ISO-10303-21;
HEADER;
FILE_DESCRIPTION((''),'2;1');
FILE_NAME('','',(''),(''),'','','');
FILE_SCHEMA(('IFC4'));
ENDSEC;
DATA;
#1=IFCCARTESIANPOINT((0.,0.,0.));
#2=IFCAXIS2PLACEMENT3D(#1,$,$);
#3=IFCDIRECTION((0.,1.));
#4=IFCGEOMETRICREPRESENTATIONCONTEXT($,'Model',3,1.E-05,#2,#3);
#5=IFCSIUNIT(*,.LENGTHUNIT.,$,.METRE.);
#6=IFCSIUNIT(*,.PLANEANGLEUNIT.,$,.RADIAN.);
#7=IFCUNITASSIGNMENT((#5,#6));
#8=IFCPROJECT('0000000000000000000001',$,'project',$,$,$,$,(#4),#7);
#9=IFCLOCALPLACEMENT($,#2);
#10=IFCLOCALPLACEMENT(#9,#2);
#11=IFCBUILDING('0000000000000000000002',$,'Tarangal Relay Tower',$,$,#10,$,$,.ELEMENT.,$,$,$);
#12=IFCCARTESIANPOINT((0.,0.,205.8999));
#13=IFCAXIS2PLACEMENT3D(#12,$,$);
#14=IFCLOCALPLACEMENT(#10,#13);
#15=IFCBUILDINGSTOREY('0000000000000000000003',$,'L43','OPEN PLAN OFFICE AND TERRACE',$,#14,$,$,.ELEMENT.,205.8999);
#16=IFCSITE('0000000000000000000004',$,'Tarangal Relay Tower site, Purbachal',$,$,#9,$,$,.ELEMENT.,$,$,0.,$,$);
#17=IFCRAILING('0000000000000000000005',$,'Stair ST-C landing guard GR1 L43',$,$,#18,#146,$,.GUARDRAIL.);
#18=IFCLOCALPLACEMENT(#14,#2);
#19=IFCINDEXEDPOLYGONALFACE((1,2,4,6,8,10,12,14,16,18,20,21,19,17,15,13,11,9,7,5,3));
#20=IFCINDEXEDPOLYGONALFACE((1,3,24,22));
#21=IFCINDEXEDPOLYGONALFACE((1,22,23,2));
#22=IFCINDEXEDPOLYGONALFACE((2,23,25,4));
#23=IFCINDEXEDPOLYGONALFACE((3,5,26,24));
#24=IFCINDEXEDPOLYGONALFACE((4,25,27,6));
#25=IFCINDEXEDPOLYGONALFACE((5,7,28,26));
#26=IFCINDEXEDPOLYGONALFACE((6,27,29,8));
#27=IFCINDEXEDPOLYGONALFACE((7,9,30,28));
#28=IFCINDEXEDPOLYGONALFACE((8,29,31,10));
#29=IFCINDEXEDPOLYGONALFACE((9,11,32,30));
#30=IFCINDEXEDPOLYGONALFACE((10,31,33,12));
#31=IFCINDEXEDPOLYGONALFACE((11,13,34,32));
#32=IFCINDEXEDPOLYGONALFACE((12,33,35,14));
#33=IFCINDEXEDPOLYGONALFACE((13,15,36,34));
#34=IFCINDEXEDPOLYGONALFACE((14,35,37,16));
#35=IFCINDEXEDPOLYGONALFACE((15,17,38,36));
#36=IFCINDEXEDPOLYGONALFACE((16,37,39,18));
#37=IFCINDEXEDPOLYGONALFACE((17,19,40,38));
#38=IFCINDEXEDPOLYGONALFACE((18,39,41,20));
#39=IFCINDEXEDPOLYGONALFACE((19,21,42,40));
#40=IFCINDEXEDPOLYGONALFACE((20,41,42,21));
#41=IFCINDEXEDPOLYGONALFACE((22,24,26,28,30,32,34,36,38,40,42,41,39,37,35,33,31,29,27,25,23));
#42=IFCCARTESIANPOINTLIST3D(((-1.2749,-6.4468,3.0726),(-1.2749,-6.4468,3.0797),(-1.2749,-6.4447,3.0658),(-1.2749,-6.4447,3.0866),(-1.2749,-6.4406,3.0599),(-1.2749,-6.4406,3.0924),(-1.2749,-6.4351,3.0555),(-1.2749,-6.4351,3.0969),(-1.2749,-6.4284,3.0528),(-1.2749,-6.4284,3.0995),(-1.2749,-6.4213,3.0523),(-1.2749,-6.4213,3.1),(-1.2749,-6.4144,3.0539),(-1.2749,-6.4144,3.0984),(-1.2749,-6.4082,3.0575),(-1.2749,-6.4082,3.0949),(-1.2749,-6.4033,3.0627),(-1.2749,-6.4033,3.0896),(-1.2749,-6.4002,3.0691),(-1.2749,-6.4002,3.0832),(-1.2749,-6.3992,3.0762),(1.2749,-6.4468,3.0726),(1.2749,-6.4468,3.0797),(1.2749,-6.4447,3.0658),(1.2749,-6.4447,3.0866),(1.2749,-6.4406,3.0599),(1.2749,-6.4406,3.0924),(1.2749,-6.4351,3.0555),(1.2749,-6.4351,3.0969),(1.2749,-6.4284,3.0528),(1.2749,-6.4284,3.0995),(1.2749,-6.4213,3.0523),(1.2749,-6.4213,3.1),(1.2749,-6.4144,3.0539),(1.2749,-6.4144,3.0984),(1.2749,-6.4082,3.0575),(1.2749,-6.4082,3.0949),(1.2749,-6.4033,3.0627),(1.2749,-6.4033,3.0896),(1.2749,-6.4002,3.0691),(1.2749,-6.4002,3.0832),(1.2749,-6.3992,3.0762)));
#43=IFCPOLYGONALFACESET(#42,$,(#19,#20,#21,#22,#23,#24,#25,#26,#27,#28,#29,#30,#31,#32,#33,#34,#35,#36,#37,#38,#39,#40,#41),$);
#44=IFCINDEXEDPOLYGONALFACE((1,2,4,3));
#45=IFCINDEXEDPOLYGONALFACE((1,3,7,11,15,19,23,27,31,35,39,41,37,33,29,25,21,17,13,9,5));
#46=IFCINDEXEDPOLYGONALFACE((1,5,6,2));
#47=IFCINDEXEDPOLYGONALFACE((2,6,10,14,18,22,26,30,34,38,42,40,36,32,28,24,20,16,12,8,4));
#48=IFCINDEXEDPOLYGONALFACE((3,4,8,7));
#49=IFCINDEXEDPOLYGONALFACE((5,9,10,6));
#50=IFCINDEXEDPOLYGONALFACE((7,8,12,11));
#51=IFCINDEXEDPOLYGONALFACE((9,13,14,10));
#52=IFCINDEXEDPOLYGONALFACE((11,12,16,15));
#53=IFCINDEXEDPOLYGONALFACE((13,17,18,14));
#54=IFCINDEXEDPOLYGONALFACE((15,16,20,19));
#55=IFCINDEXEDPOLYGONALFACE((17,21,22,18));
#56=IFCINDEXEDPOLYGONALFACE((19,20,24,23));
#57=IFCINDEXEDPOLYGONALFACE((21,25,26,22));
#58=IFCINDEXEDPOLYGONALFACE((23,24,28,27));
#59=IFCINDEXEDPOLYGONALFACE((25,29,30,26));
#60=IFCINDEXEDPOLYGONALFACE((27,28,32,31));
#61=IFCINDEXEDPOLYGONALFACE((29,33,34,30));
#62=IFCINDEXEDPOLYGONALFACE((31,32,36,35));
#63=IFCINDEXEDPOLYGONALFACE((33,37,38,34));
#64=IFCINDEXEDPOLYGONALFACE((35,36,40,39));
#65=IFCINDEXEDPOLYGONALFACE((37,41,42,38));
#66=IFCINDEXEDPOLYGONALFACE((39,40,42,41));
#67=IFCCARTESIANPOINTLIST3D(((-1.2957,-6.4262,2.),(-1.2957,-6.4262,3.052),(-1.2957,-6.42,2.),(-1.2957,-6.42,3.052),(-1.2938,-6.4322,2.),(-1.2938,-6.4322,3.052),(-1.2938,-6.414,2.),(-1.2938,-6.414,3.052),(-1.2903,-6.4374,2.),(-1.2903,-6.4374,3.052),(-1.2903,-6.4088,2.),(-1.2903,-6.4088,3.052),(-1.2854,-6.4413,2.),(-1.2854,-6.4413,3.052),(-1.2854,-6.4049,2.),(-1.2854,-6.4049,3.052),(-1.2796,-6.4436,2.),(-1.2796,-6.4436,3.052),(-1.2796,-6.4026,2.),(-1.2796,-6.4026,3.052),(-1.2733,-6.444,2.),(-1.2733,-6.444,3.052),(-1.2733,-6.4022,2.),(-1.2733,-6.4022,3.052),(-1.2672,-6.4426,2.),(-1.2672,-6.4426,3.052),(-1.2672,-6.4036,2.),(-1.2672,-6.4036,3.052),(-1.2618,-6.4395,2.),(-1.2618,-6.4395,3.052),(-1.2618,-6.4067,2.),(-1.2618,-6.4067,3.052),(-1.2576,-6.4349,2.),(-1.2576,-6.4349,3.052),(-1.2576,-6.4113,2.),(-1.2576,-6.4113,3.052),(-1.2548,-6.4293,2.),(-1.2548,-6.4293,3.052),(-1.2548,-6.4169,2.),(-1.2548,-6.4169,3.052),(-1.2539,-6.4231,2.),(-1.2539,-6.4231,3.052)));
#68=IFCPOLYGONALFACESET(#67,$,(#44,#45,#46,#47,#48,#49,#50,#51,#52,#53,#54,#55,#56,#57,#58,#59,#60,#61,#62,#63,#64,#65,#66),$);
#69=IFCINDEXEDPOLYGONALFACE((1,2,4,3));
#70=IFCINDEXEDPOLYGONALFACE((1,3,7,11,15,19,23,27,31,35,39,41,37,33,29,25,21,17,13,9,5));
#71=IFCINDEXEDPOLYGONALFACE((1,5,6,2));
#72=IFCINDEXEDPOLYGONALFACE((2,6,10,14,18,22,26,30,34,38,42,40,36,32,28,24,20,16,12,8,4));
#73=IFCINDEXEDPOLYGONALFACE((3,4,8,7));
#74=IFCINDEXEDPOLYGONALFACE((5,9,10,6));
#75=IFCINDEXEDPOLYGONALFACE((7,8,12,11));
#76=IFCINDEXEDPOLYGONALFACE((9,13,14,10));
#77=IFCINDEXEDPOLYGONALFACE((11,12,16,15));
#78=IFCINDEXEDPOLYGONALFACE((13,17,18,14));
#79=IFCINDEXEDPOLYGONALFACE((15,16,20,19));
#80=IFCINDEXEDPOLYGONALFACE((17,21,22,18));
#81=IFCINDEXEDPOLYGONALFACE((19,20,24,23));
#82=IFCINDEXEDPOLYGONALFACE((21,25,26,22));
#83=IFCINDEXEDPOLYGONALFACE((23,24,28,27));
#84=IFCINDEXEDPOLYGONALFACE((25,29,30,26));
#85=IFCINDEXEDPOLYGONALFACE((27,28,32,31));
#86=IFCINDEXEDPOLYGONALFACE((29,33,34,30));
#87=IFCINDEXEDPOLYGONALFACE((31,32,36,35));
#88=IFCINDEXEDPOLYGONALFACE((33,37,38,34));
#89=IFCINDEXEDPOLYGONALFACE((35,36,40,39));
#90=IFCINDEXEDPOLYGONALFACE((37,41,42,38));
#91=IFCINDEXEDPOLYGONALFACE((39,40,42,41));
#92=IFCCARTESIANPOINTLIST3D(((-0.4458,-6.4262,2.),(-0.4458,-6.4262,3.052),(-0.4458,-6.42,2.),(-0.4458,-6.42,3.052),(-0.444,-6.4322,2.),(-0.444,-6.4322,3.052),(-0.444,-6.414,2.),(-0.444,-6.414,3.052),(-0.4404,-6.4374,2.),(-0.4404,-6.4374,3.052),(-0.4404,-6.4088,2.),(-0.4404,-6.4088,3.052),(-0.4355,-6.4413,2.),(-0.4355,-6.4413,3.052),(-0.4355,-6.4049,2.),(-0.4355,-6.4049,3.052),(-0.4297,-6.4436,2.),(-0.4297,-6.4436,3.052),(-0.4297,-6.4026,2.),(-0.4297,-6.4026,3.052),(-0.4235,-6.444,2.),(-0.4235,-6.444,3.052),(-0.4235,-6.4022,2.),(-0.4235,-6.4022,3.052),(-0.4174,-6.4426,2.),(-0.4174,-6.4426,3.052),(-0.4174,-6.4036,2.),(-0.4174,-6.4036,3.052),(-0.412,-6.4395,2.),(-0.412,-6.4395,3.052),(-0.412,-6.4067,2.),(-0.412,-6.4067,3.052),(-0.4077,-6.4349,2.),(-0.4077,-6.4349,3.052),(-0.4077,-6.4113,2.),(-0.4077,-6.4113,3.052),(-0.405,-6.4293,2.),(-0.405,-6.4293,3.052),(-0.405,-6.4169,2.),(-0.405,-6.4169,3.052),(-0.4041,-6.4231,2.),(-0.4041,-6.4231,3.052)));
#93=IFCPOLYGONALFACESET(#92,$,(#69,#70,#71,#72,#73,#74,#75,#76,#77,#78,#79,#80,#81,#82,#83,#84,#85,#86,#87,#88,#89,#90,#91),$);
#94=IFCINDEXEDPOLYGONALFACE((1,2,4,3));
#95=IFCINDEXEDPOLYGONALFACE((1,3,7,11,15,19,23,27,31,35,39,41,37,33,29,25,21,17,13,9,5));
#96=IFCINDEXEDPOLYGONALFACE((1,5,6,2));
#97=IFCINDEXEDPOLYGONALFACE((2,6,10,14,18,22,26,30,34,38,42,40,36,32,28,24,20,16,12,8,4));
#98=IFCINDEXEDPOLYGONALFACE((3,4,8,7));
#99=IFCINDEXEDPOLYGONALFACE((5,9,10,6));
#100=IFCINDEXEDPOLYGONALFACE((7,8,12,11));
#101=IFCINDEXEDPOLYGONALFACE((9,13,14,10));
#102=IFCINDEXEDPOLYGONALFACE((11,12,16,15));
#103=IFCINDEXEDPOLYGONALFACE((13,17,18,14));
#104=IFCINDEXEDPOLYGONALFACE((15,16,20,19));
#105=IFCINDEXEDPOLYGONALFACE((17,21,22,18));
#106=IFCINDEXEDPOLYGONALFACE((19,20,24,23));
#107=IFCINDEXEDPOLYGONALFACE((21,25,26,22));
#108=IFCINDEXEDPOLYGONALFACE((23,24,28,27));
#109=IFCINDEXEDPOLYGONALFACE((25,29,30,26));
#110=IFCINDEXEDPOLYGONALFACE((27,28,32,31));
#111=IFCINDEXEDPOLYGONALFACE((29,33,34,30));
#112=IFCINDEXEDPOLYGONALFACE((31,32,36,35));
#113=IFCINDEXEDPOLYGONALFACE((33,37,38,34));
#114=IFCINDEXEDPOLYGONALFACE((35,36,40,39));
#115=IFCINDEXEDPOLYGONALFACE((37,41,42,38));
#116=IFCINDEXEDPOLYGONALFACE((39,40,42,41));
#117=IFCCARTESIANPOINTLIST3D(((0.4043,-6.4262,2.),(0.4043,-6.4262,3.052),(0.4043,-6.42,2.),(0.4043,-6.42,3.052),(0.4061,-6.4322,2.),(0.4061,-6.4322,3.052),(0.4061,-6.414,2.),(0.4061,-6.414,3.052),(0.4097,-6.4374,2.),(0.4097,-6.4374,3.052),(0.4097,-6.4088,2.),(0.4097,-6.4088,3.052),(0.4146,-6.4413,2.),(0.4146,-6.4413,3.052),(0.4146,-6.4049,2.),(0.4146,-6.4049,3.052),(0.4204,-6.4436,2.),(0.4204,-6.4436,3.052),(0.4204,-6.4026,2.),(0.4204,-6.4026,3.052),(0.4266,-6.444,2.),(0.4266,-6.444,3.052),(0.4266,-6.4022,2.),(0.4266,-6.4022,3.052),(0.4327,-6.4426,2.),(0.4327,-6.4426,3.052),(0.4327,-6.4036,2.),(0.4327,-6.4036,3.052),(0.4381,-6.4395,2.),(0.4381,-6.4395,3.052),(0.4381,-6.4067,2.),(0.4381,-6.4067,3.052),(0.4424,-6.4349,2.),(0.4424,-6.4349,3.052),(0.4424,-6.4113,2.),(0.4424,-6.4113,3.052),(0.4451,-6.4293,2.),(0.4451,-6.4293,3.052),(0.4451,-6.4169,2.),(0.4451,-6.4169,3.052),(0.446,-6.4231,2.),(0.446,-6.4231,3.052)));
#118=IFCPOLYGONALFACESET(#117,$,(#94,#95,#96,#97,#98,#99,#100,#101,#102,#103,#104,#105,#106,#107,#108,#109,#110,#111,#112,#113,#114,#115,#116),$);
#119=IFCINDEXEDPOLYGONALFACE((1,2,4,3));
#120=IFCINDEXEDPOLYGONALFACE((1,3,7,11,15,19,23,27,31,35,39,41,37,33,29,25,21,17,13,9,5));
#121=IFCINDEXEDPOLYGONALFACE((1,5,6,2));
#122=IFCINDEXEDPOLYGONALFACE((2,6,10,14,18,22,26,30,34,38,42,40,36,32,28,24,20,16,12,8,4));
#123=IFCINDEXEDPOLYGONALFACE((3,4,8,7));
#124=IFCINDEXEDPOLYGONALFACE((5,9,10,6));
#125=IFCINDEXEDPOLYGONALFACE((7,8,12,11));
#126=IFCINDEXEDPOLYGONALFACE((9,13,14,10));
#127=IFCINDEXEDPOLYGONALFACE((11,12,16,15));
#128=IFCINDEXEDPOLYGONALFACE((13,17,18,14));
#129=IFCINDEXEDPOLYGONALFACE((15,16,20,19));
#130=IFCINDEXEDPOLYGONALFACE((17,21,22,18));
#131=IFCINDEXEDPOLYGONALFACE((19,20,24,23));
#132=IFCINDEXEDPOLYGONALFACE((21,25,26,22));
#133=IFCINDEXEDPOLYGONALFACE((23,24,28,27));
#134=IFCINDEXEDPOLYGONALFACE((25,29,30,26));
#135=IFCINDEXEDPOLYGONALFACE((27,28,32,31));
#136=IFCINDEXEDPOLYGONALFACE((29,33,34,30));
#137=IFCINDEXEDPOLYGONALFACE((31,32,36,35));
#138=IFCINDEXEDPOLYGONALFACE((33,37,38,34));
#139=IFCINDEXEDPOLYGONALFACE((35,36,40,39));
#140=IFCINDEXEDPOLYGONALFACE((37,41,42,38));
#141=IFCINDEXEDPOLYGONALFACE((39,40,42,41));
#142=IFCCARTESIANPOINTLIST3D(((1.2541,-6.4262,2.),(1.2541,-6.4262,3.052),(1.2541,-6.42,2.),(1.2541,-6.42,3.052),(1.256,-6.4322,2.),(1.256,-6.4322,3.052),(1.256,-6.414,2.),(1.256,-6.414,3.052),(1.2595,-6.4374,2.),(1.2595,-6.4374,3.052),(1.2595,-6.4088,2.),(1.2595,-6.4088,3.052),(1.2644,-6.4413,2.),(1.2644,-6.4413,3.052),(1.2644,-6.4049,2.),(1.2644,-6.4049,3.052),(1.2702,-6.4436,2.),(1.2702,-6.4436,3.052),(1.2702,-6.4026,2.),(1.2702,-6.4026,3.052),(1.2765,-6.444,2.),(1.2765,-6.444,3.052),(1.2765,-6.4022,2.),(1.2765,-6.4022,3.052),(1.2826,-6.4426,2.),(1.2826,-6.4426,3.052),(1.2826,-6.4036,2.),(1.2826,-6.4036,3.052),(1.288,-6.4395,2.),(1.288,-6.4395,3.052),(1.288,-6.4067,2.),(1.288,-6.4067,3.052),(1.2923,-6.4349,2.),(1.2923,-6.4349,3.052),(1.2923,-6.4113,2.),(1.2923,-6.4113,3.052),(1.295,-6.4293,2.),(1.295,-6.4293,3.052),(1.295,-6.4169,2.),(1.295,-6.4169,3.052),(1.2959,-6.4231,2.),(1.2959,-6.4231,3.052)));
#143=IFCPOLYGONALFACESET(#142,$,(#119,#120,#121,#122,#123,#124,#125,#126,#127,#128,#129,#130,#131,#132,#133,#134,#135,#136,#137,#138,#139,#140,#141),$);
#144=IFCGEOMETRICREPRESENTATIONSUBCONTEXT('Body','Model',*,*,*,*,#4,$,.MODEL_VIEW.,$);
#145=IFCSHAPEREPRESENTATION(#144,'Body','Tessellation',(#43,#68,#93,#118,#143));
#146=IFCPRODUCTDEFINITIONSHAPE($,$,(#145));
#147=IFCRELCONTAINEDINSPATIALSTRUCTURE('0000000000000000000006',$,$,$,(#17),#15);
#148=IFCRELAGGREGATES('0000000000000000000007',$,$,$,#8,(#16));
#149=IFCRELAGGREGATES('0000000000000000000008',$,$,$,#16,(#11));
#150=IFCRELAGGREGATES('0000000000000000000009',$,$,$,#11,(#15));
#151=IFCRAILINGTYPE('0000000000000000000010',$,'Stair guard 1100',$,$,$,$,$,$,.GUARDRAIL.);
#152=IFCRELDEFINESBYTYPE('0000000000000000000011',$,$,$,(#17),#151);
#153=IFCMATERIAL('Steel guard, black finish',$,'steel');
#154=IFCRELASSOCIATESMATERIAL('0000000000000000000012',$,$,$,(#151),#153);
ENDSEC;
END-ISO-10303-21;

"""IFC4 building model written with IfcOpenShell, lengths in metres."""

from ifc_helpers import new_model, si_unit, direction, frame, origin, origin_2d, place, context, subcontext, project, spatial, circle, extrude, material, type_object, element, save


model = new_model("IFC4")

# Units and contexts
model_context = context("Model", 3, precision=1e-05, world=origin(), true_north=direction((0.0, 1.0)))
body_context = subcontext(model_context, "Body", "Model", "MODEL_VIEW")
ifc_project = project(units=[si_unit("LENGTHUNIT", "METRE"), si_unit("PLANEANGLEUNIT", "RADIAN")], contexts=[model_context])

# Site, building, storey
site_placement = place(None, origin())
site = spatial("IfcSite", under=ifc_project, at=site_placement, Name="Tarangal Relay Tower site, Purbachal", CompositionType="ELEMENT", RefElevation=0.0)
building_placement = place(site_placement, origin())
building = spatial("IfcBuilding", under=site, at=building_placement, Name="Tarangal Relay Tower", CompositionType="ELEMENT")
storey_placement = place(building_placement, frame((0.0, 0.0, 205.8999)))
storey = spatial("IfcBuildingStorey", under=building, at=storey_placement, Name="L43", Description="OPEN PLAN OFFICE AND TERRACE", CompositionType="ELEMENT", Elevation=205.8999)

# Railing
ifc_material_1 = material(Name="Steel guard, black finish", Category="steel")
railing_type_1 = type_object("IfcRailingType", Name="Stair guard 1100", PredefinedType="GUARDRAIL", material=ifc_material_1)
for number, where, name in (
    (1, (-1.2749, -6.4231, 2.0), "Stair ST-C landing guard GR1 L43"),
):
    element("IfcRailing", number, at=place(storey_placement, frame(where)), inside=storey, type_object=railing_type_1, Name=name, PredefinedType="GUARDRAIL", context=body_context, shape_type="SweptSolid", body=[
        extrude(circle(Radius=0.0239, at=origin_2d()), frame((0.0, 0.0, 1.0762), z_axis=(1.0, 0.0, 0.0), x_axis=(0.0, 1.0, 0.0)), (0.0, 0.0, 1.0), 2.5498),
        extrude(circle(Radius=0.021, at=origin_2d()), origin(), (0.0, 0.0, 1.0), 1.052),
        extrude(circle(Radius=0.021, at=origin_2d()), frame((0.8499, 0.0, 0.0)), (0.0, 0.0, 1.0), 1.052),
        extrude(circle(Radius=0.021, at=origin_2d()), frame((1.7, 0.0, 0.0)), (0.0, 0.0, 1.0), 1.052),
        extrude(circle(Radius=0.021, at=origin_2d()), frame((2.5498, 0.0, 0.0)), (0.0, 0.0, 1.0), 1.052),
    ])

save(model, "model.ifc")
